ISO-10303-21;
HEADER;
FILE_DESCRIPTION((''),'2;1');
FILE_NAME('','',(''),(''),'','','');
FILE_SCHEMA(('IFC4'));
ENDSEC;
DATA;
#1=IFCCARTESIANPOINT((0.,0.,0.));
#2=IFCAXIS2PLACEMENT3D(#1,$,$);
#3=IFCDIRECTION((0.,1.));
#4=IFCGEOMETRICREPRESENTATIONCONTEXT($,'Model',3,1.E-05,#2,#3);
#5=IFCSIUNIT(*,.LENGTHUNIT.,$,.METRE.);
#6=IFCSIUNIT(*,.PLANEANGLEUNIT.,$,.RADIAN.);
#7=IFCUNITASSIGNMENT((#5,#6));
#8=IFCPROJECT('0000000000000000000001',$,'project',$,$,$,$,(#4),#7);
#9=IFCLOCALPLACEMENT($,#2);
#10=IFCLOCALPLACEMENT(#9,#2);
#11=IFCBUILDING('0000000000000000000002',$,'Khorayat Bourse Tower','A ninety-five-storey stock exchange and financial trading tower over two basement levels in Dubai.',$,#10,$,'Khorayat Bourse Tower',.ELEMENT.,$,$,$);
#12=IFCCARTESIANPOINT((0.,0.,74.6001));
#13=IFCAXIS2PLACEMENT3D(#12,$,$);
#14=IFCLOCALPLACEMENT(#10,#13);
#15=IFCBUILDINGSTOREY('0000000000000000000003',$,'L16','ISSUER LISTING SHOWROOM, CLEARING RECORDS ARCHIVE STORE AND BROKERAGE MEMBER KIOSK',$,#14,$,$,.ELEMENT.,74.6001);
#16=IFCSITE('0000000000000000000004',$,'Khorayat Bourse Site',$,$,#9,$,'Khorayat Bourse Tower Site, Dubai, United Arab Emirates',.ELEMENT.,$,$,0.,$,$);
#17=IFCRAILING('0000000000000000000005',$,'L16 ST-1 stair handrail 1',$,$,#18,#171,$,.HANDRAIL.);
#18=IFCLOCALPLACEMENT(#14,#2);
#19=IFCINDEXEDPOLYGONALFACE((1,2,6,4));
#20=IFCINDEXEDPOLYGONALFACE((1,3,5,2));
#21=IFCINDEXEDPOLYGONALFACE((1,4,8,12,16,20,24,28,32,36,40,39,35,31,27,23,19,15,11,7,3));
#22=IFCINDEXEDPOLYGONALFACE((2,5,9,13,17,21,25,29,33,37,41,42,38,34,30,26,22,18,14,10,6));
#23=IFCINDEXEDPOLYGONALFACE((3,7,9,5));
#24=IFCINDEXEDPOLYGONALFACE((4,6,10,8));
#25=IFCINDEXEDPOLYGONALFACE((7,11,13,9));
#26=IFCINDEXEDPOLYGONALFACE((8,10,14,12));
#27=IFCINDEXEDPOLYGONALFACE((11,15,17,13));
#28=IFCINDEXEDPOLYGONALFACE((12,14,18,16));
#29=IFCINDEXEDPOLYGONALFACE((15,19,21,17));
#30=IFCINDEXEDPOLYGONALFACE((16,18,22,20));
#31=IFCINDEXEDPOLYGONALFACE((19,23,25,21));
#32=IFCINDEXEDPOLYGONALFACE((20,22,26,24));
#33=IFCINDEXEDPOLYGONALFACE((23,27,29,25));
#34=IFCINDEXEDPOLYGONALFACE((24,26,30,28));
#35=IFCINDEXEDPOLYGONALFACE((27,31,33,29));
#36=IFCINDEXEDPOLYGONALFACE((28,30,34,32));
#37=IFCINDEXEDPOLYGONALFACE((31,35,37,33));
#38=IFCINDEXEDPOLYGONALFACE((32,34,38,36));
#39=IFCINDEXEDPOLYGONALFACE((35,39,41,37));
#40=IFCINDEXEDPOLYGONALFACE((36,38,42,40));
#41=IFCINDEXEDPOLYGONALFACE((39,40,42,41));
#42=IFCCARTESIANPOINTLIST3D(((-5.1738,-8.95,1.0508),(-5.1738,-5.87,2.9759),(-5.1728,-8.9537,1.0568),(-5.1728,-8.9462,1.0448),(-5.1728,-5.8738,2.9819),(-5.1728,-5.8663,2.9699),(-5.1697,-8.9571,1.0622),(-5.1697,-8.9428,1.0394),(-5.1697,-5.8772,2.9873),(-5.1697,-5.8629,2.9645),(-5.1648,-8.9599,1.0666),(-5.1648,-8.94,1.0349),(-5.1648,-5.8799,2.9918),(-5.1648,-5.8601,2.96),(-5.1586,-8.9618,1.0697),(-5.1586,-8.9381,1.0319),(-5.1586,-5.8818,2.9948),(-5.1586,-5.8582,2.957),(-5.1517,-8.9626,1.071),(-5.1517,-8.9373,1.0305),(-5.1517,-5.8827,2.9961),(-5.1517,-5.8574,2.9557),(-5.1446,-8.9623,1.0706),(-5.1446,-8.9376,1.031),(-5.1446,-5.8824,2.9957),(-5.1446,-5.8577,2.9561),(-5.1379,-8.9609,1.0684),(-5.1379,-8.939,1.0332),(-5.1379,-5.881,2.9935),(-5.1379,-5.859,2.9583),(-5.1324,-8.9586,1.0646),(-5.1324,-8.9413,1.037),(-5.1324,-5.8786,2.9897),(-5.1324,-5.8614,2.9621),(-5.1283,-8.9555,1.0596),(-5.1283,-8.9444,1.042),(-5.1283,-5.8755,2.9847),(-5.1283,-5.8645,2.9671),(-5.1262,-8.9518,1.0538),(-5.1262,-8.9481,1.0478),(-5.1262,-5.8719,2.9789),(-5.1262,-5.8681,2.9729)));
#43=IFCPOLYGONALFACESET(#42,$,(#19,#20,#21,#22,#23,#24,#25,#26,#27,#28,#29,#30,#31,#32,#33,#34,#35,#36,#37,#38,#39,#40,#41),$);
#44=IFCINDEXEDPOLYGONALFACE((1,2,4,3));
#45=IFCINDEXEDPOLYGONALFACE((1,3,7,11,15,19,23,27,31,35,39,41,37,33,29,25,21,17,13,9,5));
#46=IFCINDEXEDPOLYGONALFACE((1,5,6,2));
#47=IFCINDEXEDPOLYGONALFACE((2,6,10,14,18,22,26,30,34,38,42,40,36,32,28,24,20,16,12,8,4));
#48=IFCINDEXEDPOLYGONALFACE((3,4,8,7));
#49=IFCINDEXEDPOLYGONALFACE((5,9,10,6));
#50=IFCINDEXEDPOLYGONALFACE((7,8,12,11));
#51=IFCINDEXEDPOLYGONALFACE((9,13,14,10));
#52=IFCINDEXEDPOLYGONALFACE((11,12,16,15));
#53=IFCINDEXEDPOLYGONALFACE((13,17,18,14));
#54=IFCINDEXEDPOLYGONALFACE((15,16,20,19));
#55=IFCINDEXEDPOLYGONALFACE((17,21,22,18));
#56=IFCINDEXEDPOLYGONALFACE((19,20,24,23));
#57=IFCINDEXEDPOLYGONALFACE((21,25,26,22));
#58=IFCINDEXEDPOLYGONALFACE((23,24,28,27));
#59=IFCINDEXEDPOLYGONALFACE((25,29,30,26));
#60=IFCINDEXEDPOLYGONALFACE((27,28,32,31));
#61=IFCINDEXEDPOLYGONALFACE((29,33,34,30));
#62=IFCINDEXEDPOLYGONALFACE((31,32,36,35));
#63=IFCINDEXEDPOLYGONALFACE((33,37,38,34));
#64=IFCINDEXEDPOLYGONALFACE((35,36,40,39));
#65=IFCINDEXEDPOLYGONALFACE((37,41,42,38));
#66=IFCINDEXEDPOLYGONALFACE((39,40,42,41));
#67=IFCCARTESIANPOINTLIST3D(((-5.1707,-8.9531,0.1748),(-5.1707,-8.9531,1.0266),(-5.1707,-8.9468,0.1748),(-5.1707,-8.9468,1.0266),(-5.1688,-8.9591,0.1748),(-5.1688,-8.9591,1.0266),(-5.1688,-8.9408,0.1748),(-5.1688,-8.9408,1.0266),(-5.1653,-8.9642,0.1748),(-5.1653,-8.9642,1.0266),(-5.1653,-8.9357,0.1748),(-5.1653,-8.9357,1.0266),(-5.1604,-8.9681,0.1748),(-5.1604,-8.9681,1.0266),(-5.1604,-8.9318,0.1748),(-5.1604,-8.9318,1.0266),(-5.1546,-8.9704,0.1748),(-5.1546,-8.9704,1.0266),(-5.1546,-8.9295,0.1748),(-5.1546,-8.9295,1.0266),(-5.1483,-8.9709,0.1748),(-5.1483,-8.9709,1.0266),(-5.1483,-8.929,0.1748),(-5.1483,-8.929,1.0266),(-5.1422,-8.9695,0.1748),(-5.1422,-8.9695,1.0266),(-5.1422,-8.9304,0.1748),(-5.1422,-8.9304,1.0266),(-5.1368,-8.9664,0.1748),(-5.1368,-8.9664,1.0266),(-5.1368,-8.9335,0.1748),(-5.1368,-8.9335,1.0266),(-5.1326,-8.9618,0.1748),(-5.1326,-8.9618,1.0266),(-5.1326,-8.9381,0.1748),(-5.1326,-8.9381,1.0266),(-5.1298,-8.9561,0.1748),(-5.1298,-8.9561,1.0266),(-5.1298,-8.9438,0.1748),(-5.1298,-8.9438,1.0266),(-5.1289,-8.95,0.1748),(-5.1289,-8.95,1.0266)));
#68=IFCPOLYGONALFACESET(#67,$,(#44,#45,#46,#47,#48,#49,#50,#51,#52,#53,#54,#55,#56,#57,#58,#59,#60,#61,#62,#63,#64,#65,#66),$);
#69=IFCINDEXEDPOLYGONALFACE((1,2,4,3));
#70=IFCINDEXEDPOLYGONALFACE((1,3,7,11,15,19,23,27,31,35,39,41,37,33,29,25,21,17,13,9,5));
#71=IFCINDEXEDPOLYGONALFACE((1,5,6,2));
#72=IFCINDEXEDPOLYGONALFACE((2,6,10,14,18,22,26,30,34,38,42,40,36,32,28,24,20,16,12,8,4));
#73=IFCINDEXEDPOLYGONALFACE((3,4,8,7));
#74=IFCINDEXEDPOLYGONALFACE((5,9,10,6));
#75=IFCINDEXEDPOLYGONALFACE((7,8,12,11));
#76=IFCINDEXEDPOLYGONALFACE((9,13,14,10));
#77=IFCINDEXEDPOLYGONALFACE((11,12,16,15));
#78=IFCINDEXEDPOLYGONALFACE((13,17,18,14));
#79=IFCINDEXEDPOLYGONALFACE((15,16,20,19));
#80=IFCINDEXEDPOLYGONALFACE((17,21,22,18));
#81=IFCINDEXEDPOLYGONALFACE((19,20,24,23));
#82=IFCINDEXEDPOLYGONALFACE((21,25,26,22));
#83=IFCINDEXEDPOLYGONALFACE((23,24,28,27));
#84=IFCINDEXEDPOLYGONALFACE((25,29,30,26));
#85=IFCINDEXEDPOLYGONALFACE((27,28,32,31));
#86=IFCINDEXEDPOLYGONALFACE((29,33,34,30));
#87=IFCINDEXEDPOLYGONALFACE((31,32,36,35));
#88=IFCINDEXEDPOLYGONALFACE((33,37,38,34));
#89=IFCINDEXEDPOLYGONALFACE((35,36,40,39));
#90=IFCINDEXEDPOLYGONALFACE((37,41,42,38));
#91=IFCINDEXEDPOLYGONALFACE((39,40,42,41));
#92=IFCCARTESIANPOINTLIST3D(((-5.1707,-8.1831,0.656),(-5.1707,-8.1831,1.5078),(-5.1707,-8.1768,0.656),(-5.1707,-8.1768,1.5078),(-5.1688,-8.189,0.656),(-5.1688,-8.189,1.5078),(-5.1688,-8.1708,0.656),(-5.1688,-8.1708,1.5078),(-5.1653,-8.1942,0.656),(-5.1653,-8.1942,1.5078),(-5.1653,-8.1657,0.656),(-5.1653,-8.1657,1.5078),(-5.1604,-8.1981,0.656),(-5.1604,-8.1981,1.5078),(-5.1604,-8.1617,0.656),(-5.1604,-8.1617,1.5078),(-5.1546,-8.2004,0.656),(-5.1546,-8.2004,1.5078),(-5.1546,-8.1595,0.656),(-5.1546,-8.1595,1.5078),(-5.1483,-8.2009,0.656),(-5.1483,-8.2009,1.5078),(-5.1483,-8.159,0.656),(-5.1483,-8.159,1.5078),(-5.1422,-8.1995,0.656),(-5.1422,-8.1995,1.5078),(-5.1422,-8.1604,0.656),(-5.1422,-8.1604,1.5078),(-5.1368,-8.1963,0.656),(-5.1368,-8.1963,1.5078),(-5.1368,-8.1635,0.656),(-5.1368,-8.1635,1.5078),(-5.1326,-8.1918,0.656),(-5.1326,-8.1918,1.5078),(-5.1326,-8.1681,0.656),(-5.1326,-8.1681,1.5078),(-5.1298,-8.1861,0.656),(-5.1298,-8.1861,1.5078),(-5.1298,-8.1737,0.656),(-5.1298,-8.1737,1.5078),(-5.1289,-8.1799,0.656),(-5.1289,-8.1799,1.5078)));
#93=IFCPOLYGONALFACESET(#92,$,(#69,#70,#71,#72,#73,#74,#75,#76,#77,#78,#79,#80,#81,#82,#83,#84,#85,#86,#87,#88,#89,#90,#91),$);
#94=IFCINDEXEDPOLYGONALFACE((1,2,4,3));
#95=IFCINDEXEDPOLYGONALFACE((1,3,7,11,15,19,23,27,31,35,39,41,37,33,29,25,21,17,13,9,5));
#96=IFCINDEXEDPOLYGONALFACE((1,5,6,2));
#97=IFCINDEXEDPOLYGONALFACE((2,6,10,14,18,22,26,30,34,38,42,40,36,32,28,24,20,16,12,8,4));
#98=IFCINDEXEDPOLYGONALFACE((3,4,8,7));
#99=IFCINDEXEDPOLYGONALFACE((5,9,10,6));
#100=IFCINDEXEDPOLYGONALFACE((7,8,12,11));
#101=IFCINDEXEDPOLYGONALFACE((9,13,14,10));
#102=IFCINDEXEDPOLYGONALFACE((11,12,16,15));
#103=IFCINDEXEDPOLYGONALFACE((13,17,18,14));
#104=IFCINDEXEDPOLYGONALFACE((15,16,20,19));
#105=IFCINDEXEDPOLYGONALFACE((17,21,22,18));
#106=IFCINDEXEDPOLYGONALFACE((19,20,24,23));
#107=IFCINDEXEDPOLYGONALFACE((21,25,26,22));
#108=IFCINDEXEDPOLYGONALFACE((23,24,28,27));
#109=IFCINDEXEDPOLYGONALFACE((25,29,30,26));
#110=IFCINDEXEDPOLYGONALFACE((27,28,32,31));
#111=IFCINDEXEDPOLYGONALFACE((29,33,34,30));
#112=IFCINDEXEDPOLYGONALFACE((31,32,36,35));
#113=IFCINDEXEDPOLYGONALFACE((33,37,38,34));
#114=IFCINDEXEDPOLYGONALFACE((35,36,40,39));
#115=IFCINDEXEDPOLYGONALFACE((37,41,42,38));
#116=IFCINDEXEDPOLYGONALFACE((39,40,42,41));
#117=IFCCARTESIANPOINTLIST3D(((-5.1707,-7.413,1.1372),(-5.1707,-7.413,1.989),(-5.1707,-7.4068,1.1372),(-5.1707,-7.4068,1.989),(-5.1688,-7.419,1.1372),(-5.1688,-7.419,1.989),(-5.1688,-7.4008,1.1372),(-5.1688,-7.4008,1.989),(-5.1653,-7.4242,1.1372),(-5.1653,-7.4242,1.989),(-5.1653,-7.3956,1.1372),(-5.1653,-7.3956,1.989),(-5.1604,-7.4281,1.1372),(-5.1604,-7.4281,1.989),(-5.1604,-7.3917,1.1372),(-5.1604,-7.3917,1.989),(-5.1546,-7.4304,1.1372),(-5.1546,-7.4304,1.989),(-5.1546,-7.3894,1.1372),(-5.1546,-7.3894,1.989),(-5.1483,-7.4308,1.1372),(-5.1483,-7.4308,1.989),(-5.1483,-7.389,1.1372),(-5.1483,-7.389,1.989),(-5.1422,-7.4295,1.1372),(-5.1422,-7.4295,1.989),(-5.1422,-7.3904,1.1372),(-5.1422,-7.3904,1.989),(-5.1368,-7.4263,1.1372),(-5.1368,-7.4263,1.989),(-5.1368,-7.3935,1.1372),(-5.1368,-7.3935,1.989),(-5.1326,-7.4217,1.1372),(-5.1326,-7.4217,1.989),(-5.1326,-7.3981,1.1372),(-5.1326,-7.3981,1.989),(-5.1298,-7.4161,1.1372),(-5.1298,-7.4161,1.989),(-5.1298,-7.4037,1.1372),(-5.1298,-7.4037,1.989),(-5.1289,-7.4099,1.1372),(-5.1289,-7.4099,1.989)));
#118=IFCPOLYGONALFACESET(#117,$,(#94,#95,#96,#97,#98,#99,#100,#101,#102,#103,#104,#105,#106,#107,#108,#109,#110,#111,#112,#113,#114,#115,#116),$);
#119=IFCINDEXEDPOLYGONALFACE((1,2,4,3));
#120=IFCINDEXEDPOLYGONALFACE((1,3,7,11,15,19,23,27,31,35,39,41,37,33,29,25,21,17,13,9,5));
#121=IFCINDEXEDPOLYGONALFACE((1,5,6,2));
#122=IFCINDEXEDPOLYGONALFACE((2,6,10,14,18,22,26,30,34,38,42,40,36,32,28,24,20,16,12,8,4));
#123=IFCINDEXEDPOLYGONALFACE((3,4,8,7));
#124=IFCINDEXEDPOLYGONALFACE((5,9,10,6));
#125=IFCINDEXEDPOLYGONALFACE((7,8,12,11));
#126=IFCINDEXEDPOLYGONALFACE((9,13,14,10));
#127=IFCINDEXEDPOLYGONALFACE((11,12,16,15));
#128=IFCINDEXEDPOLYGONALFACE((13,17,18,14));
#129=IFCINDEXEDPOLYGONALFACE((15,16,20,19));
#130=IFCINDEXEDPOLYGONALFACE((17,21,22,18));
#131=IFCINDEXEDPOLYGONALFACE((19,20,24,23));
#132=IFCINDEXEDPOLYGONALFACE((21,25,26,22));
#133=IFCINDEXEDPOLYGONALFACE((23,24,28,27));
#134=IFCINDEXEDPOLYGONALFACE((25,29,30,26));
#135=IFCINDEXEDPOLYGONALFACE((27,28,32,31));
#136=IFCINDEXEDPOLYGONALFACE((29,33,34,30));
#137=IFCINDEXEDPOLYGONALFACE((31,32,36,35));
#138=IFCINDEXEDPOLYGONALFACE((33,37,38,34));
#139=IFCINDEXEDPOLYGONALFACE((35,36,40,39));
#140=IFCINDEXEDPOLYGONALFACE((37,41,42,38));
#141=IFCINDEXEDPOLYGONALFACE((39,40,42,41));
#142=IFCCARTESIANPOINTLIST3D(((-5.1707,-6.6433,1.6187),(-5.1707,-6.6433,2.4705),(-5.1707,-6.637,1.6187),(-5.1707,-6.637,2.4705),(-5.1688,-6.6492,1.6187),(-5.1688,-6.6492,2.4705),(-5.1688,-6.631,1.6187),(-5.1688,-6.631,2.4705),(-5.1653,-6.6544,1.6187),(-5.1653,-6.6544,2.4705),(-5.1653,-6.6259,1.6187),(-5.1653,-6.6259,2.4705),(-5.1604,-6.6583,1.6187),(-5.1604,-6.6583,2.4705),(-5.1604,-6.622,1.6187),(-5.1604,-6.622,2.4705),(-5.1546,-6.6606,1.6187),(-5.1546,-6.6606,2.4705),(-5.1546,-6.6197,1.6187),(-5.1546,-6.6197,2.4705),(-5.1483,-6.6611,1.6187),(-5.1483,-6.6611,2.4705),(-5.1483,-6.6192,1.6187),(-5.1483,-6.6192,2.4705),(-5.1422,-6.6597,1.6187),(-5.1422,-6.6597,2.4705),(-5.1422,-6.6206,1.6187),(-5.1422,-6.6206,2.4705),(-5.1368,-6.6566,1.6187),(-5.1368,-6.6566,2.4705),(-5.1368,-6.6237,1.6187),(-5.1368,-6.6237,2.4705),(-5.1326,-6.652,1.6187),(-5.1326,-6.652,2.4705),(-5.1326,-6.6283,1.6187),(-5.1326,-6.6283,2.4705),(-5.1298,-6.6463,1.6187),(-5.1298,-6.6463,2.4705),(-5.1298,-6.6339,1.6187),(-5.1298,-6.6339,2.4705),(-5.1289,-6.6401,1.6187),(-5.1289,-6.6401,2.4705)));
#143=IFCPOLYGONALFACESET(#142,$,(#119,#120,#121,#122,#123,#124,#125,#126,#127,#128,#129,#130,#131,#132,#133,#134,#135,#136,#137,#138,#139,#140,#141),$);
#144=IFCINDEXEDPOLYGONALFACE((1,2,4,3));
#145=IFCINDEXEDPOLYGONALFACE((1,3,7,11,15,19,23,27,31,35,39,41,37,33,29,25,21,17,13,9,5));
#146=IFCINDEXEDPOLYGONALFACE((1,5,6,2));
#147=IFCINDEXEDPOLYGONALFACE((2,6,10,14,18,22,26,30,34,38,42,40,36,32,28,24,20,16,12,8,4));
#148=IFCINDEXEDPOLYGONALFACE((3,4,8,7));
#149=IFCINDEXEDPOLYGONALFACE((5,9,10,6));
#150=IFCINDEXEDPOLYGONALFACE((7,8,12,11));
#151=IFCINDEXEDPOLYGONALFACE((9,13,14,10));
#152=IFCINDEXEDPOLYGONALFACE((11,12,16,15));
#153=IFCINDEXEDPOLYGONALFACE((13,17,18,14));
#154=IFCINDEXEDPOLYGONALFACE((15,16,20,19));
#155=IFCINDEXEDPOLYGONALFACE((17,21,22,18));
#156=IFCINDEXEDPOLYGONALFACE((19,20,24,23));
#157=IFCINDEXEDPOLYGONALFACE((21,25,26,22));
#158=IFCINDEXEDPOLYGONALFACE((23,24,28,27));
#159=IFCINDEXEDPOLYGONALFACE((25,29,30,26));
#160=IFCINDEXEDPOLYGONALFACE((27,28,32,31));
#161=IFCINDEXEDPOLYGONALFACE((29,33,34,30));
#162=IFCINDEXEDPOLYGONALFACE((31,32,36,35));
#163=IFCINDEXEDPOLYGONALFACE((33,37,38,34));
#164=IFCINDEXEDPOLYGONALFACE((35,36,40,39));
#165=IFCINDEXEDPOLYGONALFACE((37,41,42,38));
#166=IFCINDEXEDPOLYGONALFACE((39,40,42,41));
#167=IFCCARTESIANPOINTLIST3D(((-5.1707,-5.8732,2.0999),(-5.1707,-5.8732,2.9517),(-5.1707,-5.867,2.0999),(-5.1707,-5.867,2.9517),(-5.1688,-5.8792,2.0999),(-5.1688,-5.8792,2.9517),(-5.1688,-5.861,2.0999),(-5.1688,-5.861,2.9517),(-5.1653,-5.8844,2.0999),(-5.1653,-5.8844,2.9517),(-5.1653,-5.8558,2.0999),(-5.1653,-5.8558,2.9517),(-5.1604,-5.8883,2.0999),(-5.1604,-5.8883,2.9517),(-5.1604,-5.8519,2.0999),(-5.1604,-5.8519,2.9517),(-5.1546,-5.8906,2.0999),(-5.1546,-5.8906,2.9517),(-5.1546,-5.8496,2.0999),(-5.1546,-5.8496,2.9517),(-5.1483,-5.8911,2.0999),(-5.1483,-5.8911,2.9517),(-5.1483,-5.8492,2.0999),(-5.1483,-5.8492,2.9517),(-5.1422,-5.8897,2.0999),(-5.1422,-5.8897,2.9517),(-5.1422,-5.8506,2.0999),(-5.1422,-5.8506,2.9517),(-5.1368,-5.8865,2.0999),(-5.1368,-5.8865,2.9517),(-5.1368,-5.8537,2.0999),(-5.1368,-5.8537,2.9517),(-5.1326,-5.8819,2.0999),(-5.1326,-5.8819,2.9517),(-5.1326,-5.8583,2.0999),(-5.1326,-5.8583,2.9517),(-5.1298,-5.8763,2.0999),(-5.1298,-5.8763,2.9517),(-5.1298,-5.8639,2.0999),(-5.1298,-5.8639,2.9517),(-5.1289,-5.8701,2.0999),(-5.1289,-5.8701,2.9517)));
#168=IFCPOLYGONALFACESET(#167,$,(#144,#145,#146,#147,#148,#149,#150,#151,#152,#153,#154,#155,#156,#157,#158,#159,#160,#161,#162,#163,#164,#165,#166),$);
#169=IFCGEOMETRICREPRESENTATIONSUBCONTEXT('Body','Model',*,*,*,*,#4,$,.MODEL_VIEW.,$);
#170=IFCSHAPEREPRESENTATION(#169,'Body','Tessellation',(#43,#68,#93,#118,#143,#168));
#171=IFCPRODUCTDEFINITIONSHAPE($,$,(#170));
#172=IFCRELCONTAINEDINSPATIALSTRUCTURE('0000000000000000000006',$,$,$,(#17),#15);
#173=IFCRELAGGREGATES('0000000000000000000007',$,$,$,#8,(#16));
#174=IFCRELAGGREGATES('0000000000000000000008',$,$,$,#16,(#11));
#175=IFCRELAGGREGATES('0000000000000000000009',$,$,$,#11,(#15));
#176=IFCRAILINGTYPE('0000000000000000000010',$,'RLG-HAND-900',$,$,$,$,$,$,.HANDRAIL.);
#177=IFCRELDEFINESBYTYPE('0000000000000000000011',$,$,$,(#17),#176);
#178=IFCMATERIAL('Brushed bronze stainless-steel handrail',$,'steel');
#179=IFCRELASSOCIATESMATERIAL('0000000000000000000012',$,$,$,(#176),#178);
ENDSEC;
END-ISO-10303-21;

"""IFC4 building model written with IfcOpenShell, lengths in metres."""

from ifc_helpers import new_model, si_unit, direction, frame, origin, origin_2d, place, context, subcontext, project, spatial, circle, extrude, source, transform, mapped, material, type_object, element, save


model = new_model("IFC4")

# Units and contexts
model_context = context("Model", 3, precision=1e-05, world=origin(), true_north=direction((0.0, 1.0)))
body_context = subcontext(model_context, "Body", "Model", "MODEL_VIEW")
ifc_project = project(units=[si_unit("LENGTHUNIT", "METRE"), si_unit("PLANEANGLEUNIT", "RADIAN")], contexts=[model_context])

# Site, building, storey
site_placement = place(None, origin())
site = spatial("IfcSite", under=ifc_project, at=site_placement, Name="Khorayat Bourse Site", LongName="Khorayat Bourse Tower Site, Dubai, United Arab Emirates", CompositionType="ELEMENT", RefElevation=0.0)
building_placement = place(site_placement, origin())
building = spatial("IfcBuilding", under=site, at=building_placement, Name="Khorayat Bourse Tower", Description="A ninety-five-storey stock exchange and financial trading tower over two basement levels in Dubai.", LongName="Khorayat Bourse Tower", CompositionType="ELEMENT")
storey_placement = place(building_placement, frame((0.0, 0.0, 74.6001)))
storey = spatial("IfcBuildingStorey", under=building, at=storey_placement, Name="L16", Description="ISSUER LISTING SHOWROOM, CLEARING RECORDS ARCHIVE STORE AND BROKERAGE MEMBER KIOSK", CompositionType="ELEMENT", Elevation=74.6001)

# Railing
ifc_material_1 = material(Name="Brushed bronze stainless-steel handrail", Category="steel")
railing_type_1 = type_object("IfcRailingType", Name="RLG-HAND-900", PredefinedType="HANDRAIL", material=ifc_material_1)
shared_shape_1 = source(origin(), body_context, "Body", "SweptSolid", [
    extrude(circle(Radius=0.0239, at=origin_2d()), frame((0.0, 0.0, 0.876), z_axis=(0.0, 0.847979, 0.530029), x_axis=(-1.0, 0.0, 0.0)), (0.0, 0.0, 1.0), 3.6321),
    extrude(circle(Radius=0.021, at=origin_2d()), origin(), (0.0, 0.0, 1.0), 0.8518),
    extrude(circle(Radius=0.021, at=origin_2d()), frame((0.0, 0.77, 0.4812)), (0.0, 0.0, 1.0), 0.8518),
    extrude(circle(Radius=0.021, at=origin_2d()), frame((0.0, 1.54, 0.9624)), (0.0, 0.0, 1.0), 0.8518),
    extrude(circle(Radius=0.021, at=origin_2d()), frame((0.0, 2.3098, 1.4438)), (0.0, 0.0, 1.0), 0.8518),
    extrude(circle(Radius=0.021, at=origin_2d()), frame((0.0, 3.0798, 1.925)), (0.0, 0.0, 1.0), 0.8518),
])
railing_1_placement = place(storey_placement, frame((-5.1499, -8.95, 0.1748)))
element("IfcRailing", 1, at=railing_1_placement, inside=storey, type_object=railing_type_1, Name="L16 ST-1 stair handrail 1", PredefinedType="HANDRAIL", context=body_context, shape_type="MappedRepresentation", body=[
    mapped(shared_shape_1, transform((0.0, 0.0, 0.0), scale=1.0)),
])

save(model, "model.ifc")
